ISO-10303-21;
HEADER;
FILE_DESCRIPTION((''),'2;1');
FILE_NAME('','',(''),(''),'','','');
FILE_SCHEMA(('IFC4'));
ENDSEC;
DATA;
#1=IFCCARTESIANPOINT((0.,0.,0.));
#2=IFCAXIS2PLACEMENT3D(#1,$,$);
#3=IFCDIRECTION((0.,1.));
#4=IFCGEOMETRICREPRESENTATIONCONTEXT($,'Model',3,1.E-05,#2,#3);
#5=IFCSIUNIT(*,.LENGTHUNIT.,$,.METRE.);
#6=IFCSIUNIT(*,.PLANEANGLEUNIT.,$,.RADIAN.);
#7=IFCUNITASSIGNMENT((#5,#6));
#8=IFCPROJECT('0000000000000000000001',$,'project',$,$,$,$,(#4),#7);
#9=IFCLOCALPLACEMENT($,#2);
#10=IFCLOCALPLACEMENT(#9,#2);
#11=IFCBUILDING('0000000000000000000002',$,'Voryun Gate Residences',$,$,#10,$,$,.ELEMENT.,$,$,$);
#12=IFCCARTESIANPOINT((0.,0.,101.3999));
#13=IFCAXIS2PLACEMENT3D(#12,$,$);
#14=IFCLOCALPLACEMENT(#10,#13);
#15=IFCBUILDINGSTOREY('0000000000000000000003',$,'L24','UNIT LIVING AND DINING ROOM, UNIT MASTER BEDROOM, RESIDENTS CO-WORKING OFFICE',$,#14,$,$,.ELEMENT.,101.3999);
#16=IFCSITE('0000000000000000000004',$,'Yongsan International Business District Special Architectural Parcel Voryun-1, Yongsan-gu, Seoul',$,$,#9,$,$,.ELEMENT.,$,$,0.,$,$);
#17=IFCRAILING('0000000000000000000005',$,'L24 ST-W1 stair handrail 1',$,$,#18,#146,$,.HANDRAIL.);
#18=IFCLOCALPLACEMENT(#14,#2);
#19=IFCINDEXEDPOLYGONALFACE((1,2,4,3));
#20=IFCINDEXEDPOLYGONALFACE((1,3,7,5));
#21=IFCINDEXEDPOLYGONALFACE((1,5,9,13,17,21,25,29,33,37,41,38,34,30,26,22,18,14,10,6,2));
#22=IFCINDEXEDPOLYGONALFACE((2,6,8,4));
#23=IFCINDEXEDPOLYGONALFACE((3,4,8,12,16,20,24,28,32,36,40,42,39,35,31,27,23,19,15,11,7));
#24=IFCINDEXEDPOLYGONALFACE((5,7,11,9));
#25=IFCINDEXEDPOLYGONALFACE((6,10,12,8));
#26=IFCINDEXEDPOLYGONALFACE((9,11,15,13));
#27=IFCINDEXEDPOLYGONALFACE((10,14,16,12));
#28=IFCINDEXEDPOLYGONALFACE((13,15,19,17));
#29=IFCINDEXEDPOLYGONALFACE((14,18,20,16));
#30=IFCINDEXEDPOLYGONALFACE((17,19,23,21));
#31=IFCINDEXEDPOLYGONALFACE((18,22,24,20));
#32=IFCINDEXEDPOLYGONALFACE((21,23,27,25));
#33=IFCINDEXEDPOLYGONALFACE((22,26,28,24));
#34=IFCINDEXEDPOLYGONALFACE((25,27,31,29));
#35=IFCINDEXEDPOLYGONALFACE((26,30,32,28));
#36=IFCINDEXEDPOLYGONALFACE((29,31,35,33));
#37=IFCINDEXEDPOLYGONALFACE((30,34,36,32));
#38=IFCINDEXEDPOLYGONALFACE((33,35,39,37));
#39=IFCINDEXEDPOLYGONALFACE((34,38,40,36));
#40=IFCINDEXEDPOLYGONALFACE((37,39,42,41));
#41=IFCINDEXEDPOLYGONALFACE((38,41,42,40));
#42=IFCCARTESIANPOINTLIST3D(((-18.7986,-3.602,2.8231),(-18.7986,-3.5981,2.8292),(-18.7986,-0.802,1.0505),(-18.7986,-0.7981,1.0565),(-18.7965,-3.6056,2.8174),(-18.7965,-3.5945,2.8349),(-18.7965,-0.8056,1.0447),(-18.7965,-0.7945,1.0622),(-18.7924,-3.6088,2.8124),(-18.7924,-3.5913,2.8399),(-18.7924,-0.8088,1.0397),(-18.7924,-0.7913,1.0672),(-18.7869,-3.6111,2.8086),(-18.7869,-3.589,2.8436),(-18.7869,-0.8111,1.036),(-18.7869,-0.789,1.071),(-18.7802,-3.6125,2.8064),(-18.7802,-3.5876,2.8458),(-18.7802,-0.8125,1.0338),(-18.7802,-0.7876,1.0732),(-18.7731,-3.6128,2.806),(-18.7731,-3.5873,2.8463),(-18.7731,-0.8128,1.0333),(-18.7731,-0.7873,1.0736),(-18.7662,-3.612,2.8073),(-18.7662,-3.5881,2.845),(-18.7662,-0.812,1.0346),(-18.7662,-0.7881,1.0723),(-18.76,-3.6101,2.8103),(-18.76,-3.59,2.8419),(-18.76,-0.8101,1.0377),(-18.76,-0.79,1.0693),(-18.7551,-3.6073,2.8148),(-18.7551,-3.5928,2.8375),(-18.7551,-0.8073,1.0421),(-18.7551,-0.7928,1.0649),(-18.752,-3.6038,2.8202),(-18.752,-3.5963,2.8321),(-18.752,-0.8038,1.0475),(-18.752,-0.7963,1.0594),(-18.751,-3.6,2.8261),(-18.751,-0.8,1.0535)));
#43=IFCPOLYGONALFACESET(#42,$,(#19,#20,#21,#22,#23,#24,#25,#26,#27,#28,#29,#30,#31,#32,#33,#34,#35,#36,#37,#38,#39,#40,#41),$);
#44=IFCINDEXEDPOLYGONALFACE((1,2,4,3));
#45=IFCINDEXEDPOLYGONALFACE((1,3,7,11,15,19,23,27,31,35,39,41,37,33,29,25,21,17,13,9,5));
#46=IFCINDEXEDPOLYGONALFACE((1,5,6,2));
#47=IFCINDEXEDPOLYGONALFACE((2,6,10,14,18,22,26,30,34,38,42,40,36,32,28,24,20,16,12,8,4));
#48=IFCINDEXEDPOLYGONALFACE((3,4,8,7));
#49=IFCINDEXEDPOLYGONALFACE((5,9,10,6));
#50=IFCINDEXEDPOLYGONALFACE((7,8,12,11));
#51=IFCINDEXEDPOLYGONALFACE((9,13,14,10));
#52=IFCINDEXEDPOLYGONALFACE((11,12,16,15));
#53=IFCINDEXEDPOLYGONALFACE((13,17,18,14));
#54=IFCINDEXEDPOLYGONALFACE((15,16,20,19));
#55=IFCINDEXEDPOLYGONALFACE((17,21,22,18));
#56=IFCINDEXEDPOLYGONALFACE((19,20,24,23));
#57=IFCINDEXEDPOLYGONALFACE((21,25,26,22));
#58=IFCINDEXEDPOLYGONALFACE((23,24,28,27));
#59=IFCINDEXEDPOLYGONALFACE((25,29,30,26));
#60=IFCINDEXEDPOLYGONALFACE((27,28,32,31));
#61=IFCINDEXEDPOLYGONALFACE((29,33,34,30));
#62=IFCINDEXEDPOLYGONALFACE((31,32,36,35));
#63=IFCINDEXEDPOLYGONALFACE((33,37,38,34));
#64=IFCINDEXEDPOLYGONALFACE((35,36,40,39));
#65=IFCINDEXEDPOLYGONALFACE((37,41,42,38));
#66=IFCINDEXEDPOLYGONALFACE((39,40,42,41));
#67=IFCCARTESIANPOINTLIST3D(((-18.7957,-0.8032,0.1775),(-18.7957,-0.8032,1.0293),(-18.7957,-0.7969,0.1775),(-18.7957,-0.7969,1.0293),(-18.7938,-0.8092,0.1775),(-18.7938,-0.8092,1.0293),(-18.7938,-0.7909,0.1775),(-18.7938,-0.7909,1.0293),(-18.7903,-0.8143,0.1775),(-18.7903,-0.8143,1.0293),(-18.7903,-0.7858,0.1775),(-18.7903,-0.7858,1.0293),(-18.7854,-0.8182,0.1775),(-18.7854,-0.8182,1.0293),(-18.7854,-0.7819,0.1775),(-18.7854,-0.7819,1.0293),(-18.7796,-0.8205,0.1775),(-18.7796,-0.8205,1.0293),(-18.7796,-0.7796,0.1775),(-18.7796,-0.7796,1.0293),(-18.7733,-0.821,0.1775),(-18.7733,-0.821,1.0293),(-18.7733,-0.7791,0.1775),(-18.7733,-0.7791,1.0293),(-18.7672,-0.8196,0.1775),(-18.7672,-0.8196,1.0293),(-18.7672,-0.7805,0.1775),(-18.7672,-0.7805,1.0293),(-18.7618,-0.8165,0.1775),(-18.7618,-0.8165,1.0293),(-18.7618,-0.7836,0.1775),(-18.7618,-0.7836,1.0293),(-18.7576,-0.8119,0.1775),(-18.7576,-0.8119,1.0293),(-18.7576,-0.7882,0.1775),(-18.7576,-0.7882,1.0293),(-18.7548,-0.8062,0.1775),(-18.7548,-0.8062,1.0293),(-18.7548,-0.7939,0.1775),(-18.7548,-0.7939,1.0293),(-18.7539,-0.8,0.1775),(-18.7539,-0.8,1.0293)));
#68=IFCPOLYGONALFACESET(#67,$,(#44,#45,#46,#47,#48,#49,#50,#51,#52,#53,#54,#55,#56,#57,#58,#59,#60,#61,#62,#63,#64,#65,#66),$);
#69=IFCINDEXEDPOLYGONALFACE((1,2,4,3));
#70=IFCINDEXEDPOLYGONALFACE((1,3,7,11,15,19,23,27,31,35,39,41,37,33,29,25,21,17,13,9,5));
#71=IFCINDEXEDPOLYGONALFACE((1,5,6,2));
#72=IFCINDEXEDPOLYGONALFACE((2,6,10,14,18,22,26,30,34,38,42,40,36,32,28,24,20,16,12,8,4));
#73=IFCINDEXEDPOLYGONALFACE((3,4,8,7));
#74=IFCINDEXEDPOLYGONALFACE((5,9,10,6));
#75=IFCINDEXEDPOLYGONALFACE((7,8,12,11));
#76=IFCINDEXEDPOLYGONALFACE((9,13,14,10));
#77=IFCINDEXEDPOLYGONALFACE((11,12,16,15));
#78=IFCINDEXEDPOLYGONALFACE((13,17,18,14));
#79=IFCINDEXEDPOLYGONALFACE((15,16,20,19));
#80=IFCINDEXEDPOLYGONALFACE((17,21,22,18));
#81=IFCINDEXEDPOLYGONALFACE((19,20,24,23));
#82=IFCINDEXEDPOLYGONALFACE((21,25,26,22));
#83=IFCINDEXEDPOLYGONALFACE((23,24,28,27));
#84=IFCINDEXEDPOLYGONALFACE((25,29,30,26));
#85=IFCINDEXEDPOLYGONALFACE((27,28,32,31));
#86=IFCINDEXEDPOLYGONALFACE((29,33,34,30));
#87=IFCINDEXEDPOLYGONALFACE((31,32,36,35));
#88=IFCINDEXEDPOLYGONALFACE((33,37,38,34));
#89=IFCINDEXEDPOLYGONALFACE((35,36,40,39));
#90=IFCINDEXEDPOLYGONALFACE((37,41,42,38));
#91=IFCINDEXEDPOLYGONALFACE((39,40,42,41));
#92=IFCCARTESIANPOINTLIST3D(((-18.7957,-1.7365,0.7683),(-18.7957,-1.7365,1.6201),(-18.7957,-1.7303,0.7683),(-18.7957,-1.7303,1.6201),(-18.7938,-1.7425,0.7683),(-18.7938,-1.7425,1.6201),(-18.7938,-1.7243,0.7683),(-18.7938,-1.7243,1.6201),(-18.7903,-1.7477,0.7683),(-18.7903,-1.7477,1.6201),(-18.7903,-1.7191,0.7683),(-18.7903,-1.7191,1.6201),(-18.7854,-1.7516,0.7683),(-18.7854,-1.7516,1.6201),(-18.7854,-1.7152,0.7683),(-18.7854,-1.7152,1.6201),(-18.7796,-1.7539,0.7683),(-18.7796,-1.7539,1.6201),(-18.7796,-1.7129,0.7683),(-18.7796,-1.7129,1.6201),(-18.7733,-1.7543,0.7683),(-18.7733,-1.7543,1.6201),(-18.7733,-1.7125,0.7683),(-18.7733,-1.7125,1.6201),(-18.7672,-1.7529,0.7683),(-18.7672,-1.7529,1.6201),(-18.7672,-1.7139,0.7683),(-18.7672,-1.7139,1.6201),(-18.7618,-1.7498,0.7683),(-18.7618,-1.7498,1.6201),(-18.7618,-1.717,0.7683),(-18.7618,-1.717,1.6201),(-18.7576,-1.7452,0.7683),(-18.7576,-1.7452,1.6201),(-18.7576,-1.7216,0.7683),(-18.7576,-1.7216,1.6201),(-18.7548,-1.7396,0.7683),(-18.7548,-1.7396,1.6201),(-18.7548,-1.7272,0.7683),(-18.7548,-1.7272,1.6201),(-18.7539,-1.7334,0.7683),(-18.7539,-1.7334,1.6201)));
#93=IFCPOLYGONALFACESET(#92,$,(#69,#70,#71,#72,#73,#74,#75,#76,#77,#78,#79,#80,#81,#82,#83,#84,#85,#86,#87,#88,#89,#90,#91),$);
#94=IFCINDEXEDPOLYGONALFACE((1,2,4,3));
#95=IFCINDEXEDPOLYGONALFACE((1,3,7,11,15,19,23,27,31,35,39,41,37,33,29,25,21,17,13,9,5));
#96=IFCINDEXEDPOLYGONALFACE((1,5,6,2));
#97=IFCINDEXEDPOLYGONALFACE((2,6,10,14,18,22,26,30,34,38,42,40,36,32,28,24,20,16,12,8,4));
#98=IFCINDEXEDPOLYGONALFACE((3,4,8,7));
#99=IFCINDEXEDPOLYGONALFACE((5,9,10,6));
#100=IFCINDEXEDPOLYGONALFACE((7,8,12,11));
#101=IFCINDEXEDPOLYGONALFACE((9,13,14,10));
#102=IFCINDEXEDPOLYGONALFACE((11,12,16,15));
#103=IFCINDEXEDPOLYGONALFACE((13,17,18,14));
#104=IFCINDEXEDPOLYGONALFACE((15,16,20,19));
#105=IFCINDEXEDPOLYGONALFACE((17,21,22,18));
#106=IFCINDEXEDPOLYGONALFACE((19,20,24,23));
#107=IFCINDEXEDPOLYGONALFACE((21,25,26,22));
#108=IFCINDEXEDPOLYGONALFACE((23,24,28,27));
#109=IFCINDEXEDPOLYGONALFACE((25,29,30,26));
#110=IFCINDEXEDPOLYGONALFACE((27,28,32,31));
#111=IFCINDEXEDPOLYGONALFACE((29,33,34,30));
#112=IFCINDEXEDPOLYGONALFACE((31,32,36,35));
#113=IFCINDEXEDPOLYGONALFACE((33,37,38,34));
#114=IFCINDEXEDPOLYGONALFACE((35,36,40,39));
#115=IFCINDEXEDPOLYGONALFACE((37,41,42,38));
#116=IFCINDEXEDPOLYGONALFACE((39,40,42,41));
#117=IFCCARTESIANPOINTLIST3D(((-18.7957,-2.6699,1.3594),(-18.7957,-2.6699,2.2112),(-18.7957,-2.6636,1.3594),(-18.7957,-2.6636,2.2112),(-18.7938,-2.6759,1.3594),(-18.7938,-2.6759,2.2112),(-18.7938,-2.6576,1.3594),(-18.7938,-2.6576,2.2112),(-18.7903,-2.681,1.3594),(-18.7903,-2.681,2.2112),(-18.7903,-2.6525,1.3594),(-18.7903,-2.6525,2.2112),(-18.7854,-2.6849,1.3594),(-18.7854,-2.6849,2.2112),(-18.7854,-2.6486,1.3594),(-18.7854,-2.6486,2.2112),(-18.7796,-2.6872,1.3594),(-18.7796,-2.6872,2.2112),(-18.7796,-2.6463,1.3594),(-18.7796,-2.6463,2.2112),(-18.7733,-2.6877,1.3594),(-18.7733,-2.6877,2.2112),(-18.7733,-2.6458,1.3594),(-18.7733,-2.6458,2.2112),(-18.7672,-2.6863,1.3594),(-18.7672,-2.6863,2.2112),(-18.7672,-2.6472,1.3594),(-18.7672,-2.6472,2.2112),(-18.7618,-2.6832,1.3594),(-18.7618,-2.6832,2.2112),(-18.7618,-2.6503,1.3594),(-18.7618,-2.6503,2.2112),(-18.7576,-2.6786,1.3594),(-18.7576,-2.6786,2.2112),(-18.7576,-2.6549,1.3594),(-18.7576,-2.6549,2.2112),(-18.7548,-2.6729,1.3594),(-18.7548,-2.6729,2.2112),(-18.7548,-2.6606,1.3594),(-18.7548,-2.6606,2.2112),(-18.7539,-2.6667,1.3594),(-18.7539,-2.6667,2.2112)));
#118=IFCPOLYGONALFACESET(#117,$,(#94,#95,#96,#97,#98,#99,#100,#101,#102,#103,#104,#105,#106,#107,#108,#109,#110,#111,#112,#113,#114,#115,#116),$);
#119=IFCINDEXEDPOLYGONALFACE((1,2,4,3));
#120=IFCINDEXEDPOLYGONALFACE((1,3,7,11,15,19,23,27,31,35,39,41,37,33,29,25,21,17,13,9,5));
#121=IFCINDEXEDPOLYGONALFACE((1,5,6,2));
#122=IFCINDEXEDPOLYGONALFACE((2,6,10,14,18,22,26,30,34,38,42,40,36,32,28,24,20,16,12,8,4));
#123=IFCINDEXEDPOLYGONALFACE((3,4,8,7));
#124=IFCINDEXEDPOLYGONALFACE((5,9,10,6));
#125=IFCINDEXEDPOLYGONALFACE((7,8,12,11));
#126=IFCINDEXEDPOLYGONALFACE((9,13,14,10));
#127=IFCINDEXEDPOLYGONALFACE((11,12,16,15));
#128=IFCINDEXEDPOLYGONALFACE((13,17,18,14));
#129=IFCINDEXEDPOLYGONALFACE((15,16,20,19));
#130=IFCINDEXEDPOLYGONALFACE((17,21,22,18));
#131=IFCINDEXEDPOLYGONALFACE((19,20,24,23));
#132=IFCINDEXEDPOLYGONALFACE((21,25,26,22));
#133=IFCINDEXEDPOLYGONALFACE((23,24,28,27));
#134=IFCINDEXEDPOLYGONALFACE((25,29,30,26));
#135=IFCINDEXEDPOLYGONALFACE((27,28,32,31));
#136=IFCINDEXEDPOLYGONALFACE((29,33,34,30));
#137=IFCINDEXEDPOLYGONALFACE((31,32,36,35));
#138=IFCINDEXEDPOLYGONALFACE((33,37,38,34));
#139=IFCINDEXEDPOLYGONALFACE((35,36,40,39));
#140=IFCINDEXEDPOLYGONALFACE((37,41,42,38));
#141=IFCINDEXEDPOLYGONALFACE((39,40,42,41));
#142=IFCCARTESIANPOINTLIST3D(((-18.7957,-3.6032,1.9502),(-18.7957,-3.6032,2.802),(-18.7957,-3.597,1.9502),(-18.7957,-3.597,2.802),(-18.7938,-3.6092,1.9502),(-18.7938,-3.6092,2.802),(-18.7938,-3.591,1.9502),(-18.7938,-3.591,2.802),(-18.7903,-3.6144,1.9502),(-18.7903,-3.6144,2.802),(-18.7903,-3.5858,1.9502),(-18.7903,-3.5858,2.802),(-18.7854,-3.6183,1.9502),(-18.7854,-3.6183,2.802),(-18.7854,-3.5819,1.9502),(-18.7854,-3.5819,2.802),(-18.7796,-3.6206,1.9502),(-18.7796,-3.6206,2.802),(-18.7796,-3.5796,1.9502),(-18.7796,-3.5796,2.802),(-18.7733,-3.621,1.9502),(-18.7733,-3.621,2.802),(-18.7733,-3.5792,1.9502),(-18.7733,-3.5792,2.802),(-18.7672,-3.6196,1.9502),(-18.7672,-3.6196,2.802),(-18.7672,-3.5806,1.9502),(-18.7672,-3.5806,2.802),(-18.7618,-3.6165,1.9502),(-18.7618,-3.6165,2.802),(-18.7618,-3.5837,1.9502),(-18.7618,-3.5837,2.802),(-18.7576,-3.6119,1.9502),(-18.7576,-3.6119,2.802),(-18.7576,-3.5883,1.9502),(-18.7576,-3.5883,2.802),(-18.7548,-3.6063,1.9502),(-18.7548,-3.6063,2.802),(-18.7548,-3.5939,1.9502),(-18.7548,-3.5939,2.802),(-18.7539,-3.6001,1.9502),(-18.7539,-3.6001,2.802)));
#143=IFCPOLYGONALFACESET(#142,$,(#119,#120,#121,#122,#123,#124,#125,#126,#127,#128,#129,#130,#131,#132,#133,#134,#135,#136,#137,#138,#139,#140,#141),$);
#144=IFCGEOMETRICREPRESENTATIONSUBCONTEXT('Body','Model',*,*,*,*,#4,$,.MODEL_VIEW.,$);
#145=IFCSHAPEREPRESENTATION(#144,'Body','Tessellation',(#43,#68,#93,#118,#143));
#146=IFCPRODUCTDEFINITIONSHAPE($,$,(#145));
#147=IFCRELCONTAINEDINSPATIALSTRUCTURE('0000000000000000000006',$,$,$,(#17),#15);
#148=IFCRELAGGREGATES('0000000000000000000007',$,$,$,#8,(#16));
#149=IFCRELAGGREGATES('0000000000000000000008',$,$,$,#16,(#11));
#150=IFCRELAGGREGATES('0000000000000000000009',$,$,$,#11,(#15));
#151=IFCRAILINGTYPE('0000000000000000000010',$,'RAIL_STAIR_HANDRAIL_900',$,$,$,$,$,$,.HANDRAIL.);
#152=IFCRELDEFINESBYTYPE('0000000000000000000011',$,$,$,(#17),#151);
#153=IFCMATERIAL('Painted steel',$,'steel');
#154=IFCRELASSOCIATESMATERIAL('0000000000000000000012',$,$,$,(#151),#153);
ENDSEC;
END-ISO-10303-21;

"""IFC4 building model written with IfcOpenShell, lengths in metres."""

from ifc_helpers import new_model, si_unit, direction, frame, origin, origin_2d, place, context, subcontext, project, spatial, circle, extrude, material, type_object, element, save


model = new_model("IFC4")

# Units and contexts
model_context = context("Model", 3, precision=1e-05, world=origin(), true_north=direction((0.0, 1.0)))
body_context = subcontext(model_context, "Body", "Model", "MODEL_VIEW")
ifc_project = project(units=[si_unit("LENGTHUNIT", "METRE"), si_unit("PLANEANGLEUNIT", "RADIAN")], contexts=[model_context])

# Site, building, storey
site_placement = place(None, origin())
site = spatial("IfcSite", under=ifc_project, at=site_placement, Name="Yongsan International Business District Special Architectural Parcel Voryun-1, Yongsan-gu, Seoul", CompositionType="ELEMENT", RefElevation=0.0)
building_placement = place(site_placement, origin())
building = spatial("IfcBuilding", under=site, at=building_placement, Name="Voryun Gate Residences", CompositionType="ELEMENT")
storey_placement = place(building_placement, frame((0.0, 0.0, 101.3999)))
storey = spatial("IfcBuildingStorey", under=building, at=storey_placement, Name="L24", Description="UNIT LIVING AND DINING ROOM, UNIT MASTER BEDROOM, RESIDENTS CO-WORKING OFFICE", CompositionType="ELEMENT", Elevation=101.3999)

# Railing
ifc_material_1 = material(Name="Painted steel", Category="steel")
railing_type_1 = type_object("IfcRailingType", Name="RAIL_STAIR_HANDRAIL_900", PredefinedType="HANDRAIL", material=ifc_material_1)
railing_1_placement = place(storey_placement, frame((-18.7749, -0.8, 0.1775)))
element("IfcRailing", 1, at=railing_1_placement, inside=storey, type_object=railing_type_1, Name="L24 ST-W1 stair handrail 1", PredefinedType="HANDRAIL", context=body_context, shape_type="SweptSolid", body=[
    extrude(circle(Radius=0.0239, at=origin_2d()), frame((0.0, 0.0, 0.876), z_axis=(0.0, -0.844909, 0.53491), x_axis=(1.0, 0.0, 0.0)), (0.0, 0.0, 1.0), 3.314),
    extrude(circle(Radius=0.021, at=origin_2d()), origin(), (0.0, 0.0, 1.0), 0.8518),
    extrude(circle(Radius=0.021, at=origin_2d()), frame((0.0, -0.9333, 0.5908)), (0.0, 0.0, 1.0), 0.8518),
    extrude(circle(Radius=0.021, at=origin_2d()), frame((0.0, -1.8667, 1.1819)), (0.0, 0.0, 1.0), 0.8518),
    extrude(circle(Radius=0.021, at=origin_2d()), frame((0.0, -2.8, 1.7727)), (0.0, 0.0, 1.0), 0.8518),
])

save(model, "model.ifc")
